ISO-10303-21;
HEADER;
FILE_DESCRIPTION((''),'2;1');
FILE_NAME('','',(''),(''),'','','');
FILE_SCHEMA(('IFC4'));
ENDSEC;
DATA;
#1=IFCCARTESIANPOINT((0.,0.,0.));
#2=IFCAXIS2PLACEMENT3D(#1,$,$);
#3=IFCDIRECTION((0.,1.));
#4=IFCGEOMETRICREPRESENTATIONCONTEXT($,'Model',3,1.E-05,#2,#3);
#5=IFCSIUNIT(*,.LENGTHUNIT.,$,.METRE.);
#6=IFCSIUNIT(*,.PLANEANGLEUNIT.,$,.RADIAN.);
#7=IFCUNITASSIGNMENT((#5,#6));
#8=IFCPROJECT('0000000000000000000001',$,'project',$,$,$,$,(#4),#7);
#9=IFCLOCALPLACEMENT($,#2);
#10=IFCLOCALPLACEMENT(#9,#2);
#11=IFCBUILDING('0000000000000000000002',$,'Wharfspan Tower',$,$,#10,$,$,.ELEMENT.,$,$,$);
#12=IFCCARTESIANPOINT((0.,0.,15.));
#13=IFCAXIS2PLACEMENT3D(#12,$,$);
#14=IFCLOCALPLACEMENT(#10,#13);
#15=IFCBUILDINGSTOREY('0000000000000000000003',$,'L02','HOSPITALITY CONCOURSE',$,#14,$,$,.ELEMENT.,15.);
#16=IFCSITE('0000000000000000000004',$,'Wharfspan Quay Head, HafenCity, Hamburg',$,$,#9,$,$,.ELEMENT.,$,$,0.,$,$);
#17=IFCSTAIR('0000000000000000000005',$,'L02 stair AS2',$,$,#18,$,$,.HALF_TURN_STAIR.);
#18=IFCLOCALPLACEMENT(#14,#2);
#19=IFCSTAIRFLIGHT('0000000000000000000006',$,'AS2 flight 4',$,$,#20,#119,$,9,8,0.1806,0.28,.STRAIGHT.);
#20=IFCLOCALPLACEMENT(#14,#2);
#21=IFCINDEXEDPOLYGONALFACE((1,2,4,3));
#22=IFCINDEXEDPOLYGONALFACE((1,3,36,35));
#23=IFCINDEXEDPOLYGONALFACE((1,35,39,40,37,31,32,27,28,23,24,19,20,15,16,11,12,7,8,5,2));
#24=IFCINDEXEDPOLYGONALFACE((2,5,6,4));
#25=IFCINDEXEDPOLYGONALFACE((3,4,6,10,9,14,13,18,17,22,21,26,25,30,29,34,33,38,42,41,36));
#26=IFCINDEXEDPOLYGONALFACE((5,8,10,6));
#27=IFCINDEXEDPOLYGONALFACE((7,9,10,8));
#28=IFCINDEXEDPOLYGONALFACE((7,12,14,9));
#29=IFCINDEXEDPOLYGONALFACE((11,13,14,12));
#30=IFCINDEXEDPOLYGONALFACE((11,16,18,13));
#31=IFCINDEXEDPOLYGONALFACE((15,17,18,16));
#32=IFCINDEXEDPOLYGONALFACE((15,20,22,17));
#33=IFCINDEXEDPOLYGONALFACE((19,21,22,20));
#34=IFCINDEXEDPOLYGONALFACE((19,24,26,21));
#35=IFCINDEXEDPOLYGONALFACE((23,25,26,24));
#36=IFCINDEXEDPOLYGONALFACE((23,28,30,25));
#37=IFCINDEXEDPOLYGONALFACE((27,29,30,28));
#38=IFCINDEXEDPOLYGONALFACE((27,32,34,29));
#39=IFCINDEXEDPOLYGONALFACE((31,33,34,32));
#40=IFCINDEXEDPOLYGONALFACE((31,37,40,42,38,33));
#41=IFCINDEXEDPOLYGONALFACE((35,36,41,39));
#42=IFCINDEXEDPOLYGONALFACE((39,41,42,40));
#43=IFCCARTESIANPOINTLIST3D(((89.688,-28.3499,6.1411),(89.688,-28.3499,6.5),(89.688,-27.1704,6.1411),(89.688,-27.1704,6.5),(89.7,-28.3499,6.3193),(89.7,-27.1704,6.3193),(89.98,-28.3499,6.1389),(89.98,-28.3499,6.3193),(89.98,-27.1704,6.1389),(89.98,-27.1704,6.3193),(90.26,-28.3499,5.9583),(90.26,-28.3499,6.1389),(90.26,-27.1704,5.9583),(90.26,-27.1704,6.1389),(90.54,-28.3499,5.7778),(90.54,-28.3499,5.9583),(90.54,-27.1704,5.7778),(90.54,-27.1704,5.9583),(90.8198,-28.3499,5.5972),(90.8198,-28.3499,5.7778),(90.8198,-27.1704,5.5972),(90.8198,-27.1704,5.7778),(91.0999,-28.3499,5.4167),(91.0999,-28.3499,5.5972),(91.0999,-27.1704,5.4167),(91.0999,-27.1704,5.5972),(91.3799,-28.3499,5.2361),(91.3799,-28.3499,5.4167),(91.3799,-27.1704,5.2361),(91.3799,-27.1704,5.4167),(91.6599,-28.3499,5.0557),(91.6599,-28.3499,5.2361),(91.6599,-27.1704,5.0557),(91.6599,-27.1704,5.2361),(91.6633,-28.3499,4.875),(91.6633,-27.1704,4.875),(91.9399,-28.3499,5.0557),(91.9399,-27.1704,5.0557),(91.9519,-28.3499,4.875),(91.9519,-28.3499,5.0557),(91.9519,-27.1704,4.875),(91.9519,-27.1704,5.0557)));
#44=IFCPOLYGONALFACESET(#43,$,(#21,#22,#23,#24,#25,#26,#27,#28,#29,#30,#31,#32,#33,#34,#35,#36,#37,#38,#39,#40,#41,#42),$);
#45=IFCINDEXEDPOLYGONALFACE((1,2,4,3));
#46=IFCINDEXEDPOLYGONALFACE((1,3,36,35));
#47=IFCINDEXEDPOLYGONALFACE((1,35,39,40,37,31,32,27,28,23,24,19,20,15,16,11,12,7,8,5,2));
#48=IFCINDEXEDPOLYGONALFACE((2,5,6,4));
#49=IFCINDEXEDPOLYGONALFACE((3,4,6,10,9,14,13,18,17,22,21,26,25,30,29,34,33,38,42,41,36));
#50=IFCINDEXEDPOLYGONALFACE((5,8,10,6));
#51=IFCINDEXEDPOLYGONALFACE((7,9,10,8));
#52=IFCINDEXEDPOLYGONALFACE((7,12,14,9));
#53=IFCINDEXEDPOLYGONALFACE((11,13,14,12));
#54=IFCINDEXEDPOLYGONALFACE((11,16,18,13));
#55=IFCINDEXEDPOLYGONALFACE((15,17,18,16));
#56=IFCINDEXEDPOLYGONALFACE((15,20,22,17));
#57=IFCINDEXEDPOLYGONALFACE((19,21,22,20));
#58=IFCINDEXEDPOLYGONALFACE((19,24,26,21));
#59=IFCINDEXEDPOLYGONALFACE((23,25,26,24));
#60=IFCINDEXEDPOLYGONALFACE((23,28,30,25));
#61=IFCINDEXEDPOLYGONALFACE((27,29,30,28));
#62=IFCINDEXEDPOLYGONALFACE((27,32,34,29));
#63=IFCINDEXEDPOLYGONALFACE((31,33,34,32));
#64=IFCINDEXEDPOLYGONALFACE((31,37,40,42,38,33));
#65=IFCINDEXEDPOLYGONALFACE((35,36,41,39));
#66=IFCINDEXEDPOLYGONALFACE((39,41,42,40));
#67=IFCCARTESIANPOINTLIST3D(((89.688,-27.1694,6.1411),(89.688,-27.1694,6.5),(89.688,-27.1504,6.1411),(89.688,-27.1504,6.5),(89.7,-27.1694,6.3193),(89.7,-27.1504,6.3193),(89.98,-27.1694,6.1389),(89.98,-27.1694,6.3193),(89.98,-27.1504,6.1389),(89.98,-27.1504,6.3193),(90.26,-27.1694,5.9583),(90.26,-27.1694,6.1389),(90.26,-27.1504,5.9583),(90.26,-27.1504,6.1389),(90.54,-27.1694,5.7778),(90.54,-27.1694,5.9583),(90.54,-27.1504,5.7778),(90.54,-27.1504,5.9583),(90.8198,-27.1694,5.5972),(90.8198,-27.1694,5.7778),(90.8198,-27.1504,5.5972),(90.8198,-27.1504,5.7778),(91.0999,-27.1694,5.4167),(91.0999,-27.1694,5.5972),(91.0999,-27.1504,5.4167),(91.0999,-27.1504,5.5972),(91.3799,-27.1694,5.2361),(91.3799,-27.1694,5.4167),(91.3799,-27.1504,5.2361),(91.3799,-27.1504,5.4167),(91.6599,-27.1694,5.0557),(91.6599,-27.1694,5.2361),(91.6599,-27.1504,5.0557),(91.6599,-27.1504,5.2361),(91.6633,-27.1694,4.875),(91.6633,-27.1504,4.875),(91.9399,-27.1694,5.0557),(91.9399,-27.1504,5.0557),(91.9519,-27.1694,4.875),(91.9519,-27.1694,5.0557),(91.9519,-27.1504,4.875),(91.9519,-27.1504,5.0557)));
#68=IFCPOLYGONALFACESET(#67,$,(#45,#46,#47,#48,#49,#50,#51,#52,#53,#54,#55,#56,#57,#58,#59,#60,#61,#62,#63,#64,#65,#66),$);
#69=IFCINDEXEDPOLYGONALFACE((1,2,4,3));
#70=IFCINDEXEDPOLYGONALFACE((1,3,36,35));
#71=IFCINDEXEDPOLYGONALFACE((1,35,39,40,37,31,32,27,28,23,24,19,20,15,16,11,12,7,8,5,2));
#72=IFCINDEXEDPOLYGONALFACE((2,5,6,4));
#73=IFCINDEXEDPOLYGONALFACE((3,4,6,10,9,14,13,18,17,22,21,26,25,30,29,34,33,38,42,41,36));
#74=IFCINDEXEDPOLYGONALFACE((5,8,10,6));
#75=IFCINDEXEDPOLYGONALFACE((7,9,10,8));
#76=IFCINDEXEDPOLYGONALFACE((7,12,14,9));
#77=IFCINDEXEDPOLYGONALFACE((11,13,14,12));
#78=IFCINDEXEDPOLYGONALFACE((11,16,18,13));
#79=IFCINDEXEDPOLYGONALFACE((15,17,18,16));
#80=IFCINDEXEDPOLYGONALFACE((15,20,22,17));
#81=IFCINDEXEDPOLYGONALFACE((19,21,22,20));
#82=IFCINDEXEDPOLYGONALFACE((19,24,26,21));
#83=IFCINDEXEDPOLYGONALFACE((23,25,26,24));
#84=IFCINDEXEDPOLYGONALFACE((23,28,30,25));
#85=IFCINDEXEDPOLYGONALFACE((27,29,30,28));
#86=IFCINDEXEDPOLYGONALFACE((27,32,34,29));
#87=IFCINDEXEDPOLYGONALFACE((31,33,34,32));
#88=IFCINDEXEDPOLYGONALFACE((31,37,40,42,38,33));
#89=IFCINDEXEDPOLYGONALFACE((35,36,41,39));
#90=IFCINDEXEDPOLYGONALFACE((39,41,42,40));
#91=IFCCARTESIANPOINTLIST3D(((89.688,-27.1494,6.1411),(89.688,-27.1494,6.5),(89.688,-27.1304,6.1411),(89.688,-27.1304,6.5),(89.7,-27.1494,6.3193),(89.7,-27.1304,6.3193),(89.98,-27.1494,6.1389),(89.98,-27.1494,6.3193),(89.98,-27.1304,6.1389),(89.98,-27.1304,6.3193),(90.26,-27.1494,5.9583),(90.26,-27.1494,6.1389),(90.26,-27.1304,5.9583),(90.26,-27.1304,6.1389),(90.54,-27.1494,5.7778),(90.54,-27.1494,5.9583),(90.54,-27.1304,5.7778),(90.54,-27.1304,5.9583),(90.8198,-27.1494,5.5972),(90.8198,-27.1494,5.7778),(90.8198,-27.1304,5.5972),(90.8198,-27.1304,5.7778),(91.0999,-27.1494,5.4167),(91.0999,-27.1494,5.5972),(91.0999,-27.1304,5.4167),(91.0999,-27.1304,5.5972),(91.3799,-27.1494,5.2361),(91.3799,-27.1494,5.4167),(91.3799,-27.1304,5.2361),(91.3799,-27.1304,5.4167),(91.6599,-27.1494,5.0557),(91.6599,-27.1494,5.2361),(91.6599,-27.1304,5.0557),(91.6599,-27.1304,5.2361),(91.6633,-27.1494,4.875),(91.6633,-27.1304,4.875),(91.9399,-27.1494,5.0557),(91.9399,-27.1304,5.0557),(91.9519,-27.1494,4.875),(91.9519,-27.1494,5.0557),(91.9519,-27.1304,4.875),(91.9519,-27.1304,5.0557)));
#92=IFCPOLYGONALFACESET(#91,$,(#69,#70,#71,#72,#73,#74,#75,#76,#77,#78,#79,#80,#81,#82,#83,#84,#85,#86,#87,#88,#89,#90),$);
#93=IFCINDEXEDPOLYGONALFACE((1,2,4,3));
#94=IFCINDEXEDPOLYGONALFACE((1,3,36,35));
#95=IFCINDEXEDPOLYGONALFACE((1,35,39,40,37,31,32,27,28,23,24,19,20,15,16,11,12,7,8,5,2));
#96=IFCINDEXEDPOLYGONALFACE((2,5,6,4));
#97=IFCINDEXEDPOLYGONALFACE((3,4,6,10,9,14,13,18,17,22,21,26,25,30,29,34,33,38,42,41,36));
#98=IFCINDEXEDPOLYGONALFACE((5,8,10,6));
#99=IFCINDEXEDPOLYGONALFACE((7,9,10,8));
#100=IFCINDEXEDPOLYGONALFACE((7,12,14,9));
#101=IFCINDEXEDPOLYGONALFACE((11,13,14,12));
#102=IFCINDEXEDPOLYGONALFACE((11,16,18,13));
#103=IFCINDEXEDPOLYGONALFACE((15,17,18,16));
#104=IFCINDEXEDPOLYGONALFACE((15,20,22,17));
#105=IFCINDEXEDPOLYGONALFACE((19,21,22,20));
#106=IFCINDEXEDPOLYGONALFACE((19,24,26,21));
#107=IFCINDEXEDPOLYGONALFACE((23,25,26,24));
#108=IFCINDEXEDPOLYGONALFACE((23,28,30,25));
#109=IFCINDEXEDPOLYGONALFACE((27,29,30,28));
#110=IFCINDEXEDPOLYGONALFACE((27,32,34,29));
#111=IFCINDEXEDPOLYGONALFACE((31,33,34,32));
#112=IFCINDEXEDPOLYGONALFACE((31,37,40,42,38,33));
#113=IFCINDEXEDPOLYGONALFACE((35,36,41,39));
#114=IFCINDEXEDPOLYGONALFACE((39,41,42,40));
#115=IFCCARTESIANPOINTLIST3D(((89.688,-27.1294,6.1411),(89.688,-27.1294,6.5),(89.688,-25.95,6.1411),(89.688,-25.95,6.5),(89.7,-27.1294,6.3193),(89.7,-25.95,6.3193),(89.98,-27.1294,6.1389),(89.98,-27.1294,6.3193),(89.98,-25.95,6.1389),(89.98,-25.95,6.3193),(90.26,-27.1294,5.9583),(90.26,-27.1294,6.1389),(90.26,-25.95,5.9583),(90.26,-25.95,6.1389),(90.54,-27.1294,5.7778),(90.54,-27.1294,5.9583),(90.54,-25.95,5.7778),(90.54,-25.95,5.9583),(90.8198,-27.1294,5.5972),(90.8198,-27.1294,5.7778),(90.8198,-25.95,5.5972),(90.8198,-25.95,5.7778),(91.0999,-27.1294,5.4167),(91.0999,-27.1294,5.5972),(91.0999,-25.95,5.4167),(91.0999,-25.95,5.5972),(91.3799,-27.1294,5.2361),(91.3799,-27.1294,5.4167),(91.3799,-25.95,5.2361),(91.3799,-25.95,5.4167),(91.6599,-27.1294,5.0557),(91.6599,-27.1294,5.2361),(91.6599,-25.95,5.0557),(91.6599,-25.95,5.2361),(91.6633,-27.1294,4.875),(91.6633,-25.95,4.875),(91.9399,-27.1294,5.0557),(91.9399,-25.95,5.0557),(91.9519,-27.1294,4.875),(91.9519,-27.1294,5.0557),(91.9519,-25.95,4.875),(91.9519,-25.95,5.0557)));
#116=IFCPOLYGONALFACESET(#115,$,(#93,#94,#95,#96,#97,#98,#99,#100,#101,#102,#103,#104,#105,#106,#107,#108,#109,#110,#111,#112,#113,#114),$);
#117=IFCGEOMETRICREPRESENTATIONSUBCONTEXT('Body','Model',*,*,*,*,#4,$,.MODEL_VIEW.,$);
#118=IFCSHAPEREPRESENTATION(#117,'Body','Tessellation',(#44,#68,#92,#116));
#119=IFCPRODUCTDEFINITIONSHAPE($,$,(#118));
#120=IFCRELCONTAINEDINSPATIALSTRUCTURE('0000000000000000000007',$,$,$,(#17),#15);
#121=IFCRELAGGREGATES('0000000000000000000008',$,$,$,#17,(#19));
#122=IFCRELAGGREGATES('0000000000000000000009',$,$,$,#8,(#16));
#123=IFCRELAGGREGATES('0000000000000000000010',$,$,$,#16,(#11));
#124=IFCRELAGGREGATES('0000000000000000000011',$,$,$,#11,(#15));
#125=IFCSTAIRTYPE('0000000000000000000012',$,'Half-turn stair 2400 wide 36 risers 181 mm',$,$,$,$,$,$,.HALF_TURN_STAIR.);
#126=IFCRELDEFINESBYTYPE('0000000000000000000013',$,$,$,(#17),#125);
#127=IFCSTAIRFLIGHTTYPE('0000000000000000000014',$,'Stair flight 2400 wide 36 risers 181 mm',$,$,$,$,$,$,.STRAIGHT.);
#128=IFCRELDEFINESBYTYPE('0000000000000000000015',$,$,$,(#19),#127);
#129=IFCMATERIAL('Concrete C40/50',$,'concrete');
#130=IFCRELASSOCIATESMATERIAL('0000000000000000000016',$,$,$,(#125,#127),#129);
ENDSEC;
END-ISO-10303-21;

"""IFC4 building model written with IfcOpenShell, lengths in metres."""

from ifc_helpers import new_model, si_unit, direction, frame, origin, place, context, subcontext, project, spatial, polyline, outline, extrude, material, type_object, element, aggregate, save


model = new_model("IFC4")

# Units and contexts
model_context = context("Model", 3, precision=1e-05, world=origin(), true_north=direction((0.0, 1.0)))
body_context = subcontext(model_context, "Body", "Model", "MODEL_VIEW")
ifc_project = project(units=[si_unit("LENGTHUNIT", "METRE"), si_unit("PLANEANGLEUNIT", "RADIAN")], contexts=[model_context])

# Site, building, storey
site_placement = place(None, origin())
site = spatial("IfcSite", under=ifc_project, at=site_placement, Name="Wharfspan Quay Head, HafenCity, Hamburg", CompositionType="ELEMENT", RefElevation=0.0)
building_placement = place(site_placement, origin())
building = spatial("IfcBuilding", under=site, at=building_placement, Name="Wharfspan Tower", CompositionType="ELEMENT")
storey_placement = place(building_placement, frame((0.0, 0.0, 15.0)))
storey = spatial("IfcBuildingStorey", under=building, at=storey_placement, Name="L02", Description="HOSPITALITY CONCOURSE", CompositionType="ELEMENT", Elevation=15.0)

# Shared definitions
ifc_material_1 = material(Name="Concrete C40/50", Category="concrete")

# Stair, stair flight
stair_type = type_object("IfcStairType", Name="Half-turn stair 2400 wide 36 risers 181 mm", PredefinedType="HALF_TURN_STAIR", material=ifc_material_1)
stair_placement = place(storey_placement, origin())
stair = element("IfcStair", 1, at=stair_placement, inside=storey, type_object=stair_type, Name="L02 stair AS2", PredefinedType="HALF_TURN_STAIR")
stair_flight_type = type_object("IfcStairFlightType", Name="Stair flight 2400 wide 36 risers 181 mm", PredefinedType="STRAIGHT", material=ifc_material_1)
stair_flight_1_placement = place(storey_placement, frame((91.9399, -27.1499, 4.875), z_axis=(0.0, 0.0, 1.0), x_axis=(-1.0, 0.0, 0.0)))
stair_flight_1 = element("IfcStairFlight", 2, at=stair_flight_1_placement, type_object=stair_flight_type, Name="AS2 flight 4", NumberOfRisers=9, NumberOfTreads=8, PredefinedType="STRAIGHT", RiserHeight=0.1806, TreadLength=0.28, context=body_context, shape_type="SweptSolid", body=[
    extrude(outline(polyline([(-0.012, 0.0), (-0.012, 0.1807), (0.0, 0.1807), (0.28, 0.1807), (0.28, 0.3611), (0.5601, 0.3611), (0.5601, 0.5417), (0.8401, 0.5417), (0.8401, 0.7222), (1.1201, 0.7222), (1.1201, 0.9028), (1.3999, 0.9028), (1.3999, 1.0833), (1.6799, 1.0833), (1.6799, 1.2639), (1.96, 1.2639), (1.96, 1.4443), (2.24, 1.4443), (2.252, 1.625), (2.252, 1.2661), (0.2766, 0.0), (-0.012, 0.0)])), frame((0.0, 1.2, 0.0), z_axis=(0.0, -1.0, 0.0), x_axis=(1.0, 0.0, 0.0)), (0.0, 0.0, 1.0), 1.1794),
    extrude(outline(polyline([(-0.012, 0.0), (-0.012, 0.1807), (0.0, 0.1807), (0.28, 0.1807), (0.28, 0.3611), (0.5601, 0.3611), (0.5601, 0.5417), (0.8401, 0.5417), (0.8401, 0.7222), (1.1201, 0.7222), (1.1201, 0.9028), (1.3999, 0.9028), (1.3999, 1.0833), (1.6799, 1.0833), (1.6799, 1.2639), (1.96, 1.2639), (1.96, 1.4443), (2.24, 1.4443), (2.252, 1.625), (2.252, 1.2661), (0.2766, 0.0), (-0.012, 0.0)])), frame((0.0, 0.0195, 0.0), z_axis=(0.0, -1.0, 0.0), x_axis=(1.0, 0.0, 0.0)), (0.0, 0.0, 1.0), 0.019),
    extrude(outline(polyline([(-0.012, 0.0), (-0.012, 0.1807), (0.0, 0.1807), (0.28, 0.1807), (0.28, 0.3611), (0.5601, 0.3611), (0.5601, 0.5417), (0.8401, 0.5417), (0.8401, 0.7222), (1.1201, 0.7222), (1.1201, 0.9028), (1.3999, 0.9028), (1.3999, 1.0833), (1.6799, 1.0833), (1.6799, 1.2639), (1.96, 1.2639), (1.96, 1.4443), (2.24, 1.4443), (2.252, 1.625), (2.252, 1.2661), (0.2766, 0.0), (-0.012, 0.0)])), frame((0.0, -0.0005, 0.0), z_axis=(0.0, -1.0, 0.0), x_axis=(1.0, 0.0, 0.0)), (0.0, 0.0, 1.0), 0.019),
    extrude(outline(polyline([(-0.012, 0.0), (-0.012, 0.1807), (0.0, 0.1807), (0.28, 0.1807), (0.28, 0.3611), (0.5601, 0.3611), (0.5601, 0.5417), (0.8401, 0.5417), (0.8401, 0.7222), (1.1201, 0.7222), (1.1201, 0.9028), (1.3999, 0.9028), (1.3999, 1.0833), (1.6799, 1.0833), (1.6799, 1.2639), (1.96, 1.2639), (1.96, 1.4443), (2.24, 1.4443), (2.252, 1.625), (2.252, 1.2661), (0.2766, 0.0), (-0.012, 0.0)])), frame((0.0, -0.0205, 0.0), z_axis=(0.0, -1.0, 0.0), x_axis=(1.0, 0.0, 0.0)), (0.0, 0.0, 1.0), 1.1794),
])
aggregate(stair, [stair_flight_1])

save(model, "model.ifc")
